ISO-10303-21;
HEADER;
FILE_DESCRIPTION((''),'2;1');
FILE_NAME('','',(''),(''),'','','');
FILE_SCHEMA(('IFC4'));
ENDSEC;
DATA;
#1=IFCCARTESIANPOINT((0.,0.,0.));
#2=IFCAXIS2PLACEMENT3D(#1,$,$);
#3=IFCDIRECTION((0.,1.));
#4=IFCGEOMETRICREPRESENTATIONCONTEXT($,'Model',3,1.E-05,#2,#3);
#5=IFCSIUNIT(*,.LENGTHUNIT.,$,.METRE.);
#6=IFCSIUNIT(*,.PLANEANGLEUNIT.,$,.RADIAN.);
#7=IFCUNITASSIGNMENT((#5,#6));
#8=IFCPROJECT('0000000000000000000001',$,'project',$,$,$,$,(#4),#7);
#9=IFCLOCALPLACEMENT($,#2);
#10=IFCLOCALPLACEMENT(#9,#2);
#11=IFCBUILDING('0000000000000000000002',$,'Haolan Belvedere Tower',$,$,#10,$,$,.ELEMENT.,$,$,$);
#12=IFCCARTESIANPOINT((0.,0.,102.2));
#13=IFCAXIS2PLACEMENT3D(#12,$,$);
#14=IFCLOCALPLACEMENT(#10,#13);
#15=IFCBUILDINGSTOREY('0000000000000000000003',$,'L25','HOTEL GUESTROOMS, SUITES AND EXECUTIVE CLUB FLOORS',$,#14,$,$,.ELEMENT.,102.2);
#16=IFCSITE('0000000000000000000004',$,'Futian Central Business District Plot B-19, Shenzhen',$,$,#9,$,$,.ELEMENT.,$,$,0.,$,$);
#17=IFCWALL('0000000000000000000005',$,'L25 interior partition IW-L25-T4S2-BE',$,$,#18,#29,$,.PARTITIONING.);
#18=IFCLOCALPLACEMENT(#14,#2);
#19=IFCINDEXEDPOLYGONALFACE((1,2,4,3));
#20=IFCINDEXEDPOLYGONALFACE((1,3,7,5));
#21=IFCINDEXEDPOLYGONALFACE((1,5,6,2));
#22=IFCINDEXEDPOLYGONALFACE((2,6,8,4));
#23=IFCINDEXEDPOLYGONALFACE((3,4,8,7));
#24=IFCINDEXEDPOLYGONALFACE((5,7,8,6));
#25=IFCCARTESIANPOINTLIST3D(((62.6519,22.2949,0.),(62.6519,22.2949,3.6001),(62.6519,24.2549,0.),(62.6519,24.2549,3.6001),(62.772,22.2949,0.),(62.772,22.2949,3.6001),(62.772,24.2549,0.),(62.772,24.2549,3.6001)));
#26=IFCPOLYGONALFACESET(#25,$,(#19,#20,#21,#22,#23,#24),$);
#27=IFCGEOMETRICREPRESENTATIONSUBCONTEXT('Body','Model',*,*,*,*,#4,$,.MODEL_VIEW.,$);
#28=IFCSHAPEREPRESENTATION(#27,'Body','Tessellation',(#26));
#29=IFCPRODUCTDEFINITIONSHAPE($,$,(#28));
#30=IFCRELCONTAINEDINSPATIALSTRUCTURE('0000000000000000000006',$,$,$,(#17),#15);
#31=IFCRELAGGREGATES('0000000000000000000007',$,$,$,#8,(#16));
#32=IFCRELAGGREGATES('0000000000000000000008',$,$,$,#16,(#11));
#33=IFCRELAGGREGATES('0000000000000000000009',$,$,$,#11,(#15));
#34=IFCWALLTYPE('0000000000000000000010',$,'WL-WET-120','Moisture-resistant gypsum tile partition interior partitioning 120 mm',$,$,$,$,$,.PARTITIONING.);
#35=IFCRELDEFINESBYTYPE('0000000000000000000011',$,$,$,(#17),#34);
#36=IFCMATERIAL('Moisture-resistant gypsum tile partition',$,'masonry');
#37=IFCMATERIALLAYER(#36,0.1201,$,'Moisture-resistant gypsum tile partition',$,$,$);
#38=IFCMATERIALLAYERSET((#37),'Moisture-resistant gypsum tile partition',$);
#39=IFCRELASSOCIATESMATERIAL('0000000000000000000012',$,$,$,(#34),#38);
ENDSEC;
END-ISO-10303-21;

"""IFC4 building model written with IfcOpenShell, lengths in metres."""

from ifc_helpers import new_model, si_unit, direction, frame, frame_2d, origin, place, context, subcontext, project, spatial, rectangle, extrude, material, layer, layer_set, type_object, element, save


model = new_model("IFC4")

# Units and contexts
model_context = context("Model", 3, precision=1e-05, world=origin(), true_north=direction((0.0, 1.0)))
body_context = subcontext(model_context, "Body", "Model", "MODEL_VIEW")
ifc_project = project(units=[si_unit("LENGTHUNIT", "METRE"), si_unit("PLANEANGLEUNIT", "RADIAN")], contexts=[model_context])

# Site, building, storey
site_placement = place(None, origin())
site = spatial("IfcSite", under=ifc_project, at=site_placement, Name="Futian Central Business District Plot B-19, Shenzhen", CompositionType="ELEMENT", RefElevation=0.0)
building_placement = place(site_placement, origin())
building = spatial("IfcBuilding", under=site, at=building_placement, Name="Haolan Belvedere Tower", CompositionType="ELEMENT")
storey_placement = place(building_placement, frame((0.0, 0.0, 102.2)))
storey = spatial("IfcBuildingStorey", under=building, at=storey_placement, Name="L25", Description="HOTEL GUESTROOMS, SUITES AND EXECUTIVE CLUB FLOORS", CompositionType="ELEMENT", Elevation=102.2)

# Shared definitions
ifc_material_1 = material(Name="Moisture-resistant gypsum tile partition", Category="masonry")
ifc_layer_1 = layer(ifc_material_1, 0.1201, Name="Moisture-resistant gypsum tile partition")
ifc_layer_set_1 = layer_set([ifc_layer_1], Name="Moisture-resistant gypsum tile partition")
wall_type_1 = type_object("IfcWallType", Name="WL-WET-120", Description="Moisture-resistant gypsum tile partition interior partitioning 120 mm", PredefinedType="PARTITIONING", material=ifc_layer_set_1)

# Wall
for number, where, z_axis, x_axis, name in (
    (1, (62.7119, 22.2949, 0.0), (0.0, 0.0, 1.0), (0.0, 1.0, 0.0), "L25 interior partition IW-L25-T4S2-BE"),
):
    element("IfcWall", number, at=place(storey_placement, frame(where, z_axis=z_axis, x_axis=x_axis)), inside=storey, type_object=wall_type_1, Name=name, PredefinedType="PARTITIONING", context=body_context, shape_type="SweptSolid", body=[
        extrude(rectangle(XDim=1.96, YDim=0.1201, at=frame_2d((0.98, 0.0))), origin(), (0.0, 0.0, 1.0), 3.6001),
    ])

save(model, "model.ifc")
